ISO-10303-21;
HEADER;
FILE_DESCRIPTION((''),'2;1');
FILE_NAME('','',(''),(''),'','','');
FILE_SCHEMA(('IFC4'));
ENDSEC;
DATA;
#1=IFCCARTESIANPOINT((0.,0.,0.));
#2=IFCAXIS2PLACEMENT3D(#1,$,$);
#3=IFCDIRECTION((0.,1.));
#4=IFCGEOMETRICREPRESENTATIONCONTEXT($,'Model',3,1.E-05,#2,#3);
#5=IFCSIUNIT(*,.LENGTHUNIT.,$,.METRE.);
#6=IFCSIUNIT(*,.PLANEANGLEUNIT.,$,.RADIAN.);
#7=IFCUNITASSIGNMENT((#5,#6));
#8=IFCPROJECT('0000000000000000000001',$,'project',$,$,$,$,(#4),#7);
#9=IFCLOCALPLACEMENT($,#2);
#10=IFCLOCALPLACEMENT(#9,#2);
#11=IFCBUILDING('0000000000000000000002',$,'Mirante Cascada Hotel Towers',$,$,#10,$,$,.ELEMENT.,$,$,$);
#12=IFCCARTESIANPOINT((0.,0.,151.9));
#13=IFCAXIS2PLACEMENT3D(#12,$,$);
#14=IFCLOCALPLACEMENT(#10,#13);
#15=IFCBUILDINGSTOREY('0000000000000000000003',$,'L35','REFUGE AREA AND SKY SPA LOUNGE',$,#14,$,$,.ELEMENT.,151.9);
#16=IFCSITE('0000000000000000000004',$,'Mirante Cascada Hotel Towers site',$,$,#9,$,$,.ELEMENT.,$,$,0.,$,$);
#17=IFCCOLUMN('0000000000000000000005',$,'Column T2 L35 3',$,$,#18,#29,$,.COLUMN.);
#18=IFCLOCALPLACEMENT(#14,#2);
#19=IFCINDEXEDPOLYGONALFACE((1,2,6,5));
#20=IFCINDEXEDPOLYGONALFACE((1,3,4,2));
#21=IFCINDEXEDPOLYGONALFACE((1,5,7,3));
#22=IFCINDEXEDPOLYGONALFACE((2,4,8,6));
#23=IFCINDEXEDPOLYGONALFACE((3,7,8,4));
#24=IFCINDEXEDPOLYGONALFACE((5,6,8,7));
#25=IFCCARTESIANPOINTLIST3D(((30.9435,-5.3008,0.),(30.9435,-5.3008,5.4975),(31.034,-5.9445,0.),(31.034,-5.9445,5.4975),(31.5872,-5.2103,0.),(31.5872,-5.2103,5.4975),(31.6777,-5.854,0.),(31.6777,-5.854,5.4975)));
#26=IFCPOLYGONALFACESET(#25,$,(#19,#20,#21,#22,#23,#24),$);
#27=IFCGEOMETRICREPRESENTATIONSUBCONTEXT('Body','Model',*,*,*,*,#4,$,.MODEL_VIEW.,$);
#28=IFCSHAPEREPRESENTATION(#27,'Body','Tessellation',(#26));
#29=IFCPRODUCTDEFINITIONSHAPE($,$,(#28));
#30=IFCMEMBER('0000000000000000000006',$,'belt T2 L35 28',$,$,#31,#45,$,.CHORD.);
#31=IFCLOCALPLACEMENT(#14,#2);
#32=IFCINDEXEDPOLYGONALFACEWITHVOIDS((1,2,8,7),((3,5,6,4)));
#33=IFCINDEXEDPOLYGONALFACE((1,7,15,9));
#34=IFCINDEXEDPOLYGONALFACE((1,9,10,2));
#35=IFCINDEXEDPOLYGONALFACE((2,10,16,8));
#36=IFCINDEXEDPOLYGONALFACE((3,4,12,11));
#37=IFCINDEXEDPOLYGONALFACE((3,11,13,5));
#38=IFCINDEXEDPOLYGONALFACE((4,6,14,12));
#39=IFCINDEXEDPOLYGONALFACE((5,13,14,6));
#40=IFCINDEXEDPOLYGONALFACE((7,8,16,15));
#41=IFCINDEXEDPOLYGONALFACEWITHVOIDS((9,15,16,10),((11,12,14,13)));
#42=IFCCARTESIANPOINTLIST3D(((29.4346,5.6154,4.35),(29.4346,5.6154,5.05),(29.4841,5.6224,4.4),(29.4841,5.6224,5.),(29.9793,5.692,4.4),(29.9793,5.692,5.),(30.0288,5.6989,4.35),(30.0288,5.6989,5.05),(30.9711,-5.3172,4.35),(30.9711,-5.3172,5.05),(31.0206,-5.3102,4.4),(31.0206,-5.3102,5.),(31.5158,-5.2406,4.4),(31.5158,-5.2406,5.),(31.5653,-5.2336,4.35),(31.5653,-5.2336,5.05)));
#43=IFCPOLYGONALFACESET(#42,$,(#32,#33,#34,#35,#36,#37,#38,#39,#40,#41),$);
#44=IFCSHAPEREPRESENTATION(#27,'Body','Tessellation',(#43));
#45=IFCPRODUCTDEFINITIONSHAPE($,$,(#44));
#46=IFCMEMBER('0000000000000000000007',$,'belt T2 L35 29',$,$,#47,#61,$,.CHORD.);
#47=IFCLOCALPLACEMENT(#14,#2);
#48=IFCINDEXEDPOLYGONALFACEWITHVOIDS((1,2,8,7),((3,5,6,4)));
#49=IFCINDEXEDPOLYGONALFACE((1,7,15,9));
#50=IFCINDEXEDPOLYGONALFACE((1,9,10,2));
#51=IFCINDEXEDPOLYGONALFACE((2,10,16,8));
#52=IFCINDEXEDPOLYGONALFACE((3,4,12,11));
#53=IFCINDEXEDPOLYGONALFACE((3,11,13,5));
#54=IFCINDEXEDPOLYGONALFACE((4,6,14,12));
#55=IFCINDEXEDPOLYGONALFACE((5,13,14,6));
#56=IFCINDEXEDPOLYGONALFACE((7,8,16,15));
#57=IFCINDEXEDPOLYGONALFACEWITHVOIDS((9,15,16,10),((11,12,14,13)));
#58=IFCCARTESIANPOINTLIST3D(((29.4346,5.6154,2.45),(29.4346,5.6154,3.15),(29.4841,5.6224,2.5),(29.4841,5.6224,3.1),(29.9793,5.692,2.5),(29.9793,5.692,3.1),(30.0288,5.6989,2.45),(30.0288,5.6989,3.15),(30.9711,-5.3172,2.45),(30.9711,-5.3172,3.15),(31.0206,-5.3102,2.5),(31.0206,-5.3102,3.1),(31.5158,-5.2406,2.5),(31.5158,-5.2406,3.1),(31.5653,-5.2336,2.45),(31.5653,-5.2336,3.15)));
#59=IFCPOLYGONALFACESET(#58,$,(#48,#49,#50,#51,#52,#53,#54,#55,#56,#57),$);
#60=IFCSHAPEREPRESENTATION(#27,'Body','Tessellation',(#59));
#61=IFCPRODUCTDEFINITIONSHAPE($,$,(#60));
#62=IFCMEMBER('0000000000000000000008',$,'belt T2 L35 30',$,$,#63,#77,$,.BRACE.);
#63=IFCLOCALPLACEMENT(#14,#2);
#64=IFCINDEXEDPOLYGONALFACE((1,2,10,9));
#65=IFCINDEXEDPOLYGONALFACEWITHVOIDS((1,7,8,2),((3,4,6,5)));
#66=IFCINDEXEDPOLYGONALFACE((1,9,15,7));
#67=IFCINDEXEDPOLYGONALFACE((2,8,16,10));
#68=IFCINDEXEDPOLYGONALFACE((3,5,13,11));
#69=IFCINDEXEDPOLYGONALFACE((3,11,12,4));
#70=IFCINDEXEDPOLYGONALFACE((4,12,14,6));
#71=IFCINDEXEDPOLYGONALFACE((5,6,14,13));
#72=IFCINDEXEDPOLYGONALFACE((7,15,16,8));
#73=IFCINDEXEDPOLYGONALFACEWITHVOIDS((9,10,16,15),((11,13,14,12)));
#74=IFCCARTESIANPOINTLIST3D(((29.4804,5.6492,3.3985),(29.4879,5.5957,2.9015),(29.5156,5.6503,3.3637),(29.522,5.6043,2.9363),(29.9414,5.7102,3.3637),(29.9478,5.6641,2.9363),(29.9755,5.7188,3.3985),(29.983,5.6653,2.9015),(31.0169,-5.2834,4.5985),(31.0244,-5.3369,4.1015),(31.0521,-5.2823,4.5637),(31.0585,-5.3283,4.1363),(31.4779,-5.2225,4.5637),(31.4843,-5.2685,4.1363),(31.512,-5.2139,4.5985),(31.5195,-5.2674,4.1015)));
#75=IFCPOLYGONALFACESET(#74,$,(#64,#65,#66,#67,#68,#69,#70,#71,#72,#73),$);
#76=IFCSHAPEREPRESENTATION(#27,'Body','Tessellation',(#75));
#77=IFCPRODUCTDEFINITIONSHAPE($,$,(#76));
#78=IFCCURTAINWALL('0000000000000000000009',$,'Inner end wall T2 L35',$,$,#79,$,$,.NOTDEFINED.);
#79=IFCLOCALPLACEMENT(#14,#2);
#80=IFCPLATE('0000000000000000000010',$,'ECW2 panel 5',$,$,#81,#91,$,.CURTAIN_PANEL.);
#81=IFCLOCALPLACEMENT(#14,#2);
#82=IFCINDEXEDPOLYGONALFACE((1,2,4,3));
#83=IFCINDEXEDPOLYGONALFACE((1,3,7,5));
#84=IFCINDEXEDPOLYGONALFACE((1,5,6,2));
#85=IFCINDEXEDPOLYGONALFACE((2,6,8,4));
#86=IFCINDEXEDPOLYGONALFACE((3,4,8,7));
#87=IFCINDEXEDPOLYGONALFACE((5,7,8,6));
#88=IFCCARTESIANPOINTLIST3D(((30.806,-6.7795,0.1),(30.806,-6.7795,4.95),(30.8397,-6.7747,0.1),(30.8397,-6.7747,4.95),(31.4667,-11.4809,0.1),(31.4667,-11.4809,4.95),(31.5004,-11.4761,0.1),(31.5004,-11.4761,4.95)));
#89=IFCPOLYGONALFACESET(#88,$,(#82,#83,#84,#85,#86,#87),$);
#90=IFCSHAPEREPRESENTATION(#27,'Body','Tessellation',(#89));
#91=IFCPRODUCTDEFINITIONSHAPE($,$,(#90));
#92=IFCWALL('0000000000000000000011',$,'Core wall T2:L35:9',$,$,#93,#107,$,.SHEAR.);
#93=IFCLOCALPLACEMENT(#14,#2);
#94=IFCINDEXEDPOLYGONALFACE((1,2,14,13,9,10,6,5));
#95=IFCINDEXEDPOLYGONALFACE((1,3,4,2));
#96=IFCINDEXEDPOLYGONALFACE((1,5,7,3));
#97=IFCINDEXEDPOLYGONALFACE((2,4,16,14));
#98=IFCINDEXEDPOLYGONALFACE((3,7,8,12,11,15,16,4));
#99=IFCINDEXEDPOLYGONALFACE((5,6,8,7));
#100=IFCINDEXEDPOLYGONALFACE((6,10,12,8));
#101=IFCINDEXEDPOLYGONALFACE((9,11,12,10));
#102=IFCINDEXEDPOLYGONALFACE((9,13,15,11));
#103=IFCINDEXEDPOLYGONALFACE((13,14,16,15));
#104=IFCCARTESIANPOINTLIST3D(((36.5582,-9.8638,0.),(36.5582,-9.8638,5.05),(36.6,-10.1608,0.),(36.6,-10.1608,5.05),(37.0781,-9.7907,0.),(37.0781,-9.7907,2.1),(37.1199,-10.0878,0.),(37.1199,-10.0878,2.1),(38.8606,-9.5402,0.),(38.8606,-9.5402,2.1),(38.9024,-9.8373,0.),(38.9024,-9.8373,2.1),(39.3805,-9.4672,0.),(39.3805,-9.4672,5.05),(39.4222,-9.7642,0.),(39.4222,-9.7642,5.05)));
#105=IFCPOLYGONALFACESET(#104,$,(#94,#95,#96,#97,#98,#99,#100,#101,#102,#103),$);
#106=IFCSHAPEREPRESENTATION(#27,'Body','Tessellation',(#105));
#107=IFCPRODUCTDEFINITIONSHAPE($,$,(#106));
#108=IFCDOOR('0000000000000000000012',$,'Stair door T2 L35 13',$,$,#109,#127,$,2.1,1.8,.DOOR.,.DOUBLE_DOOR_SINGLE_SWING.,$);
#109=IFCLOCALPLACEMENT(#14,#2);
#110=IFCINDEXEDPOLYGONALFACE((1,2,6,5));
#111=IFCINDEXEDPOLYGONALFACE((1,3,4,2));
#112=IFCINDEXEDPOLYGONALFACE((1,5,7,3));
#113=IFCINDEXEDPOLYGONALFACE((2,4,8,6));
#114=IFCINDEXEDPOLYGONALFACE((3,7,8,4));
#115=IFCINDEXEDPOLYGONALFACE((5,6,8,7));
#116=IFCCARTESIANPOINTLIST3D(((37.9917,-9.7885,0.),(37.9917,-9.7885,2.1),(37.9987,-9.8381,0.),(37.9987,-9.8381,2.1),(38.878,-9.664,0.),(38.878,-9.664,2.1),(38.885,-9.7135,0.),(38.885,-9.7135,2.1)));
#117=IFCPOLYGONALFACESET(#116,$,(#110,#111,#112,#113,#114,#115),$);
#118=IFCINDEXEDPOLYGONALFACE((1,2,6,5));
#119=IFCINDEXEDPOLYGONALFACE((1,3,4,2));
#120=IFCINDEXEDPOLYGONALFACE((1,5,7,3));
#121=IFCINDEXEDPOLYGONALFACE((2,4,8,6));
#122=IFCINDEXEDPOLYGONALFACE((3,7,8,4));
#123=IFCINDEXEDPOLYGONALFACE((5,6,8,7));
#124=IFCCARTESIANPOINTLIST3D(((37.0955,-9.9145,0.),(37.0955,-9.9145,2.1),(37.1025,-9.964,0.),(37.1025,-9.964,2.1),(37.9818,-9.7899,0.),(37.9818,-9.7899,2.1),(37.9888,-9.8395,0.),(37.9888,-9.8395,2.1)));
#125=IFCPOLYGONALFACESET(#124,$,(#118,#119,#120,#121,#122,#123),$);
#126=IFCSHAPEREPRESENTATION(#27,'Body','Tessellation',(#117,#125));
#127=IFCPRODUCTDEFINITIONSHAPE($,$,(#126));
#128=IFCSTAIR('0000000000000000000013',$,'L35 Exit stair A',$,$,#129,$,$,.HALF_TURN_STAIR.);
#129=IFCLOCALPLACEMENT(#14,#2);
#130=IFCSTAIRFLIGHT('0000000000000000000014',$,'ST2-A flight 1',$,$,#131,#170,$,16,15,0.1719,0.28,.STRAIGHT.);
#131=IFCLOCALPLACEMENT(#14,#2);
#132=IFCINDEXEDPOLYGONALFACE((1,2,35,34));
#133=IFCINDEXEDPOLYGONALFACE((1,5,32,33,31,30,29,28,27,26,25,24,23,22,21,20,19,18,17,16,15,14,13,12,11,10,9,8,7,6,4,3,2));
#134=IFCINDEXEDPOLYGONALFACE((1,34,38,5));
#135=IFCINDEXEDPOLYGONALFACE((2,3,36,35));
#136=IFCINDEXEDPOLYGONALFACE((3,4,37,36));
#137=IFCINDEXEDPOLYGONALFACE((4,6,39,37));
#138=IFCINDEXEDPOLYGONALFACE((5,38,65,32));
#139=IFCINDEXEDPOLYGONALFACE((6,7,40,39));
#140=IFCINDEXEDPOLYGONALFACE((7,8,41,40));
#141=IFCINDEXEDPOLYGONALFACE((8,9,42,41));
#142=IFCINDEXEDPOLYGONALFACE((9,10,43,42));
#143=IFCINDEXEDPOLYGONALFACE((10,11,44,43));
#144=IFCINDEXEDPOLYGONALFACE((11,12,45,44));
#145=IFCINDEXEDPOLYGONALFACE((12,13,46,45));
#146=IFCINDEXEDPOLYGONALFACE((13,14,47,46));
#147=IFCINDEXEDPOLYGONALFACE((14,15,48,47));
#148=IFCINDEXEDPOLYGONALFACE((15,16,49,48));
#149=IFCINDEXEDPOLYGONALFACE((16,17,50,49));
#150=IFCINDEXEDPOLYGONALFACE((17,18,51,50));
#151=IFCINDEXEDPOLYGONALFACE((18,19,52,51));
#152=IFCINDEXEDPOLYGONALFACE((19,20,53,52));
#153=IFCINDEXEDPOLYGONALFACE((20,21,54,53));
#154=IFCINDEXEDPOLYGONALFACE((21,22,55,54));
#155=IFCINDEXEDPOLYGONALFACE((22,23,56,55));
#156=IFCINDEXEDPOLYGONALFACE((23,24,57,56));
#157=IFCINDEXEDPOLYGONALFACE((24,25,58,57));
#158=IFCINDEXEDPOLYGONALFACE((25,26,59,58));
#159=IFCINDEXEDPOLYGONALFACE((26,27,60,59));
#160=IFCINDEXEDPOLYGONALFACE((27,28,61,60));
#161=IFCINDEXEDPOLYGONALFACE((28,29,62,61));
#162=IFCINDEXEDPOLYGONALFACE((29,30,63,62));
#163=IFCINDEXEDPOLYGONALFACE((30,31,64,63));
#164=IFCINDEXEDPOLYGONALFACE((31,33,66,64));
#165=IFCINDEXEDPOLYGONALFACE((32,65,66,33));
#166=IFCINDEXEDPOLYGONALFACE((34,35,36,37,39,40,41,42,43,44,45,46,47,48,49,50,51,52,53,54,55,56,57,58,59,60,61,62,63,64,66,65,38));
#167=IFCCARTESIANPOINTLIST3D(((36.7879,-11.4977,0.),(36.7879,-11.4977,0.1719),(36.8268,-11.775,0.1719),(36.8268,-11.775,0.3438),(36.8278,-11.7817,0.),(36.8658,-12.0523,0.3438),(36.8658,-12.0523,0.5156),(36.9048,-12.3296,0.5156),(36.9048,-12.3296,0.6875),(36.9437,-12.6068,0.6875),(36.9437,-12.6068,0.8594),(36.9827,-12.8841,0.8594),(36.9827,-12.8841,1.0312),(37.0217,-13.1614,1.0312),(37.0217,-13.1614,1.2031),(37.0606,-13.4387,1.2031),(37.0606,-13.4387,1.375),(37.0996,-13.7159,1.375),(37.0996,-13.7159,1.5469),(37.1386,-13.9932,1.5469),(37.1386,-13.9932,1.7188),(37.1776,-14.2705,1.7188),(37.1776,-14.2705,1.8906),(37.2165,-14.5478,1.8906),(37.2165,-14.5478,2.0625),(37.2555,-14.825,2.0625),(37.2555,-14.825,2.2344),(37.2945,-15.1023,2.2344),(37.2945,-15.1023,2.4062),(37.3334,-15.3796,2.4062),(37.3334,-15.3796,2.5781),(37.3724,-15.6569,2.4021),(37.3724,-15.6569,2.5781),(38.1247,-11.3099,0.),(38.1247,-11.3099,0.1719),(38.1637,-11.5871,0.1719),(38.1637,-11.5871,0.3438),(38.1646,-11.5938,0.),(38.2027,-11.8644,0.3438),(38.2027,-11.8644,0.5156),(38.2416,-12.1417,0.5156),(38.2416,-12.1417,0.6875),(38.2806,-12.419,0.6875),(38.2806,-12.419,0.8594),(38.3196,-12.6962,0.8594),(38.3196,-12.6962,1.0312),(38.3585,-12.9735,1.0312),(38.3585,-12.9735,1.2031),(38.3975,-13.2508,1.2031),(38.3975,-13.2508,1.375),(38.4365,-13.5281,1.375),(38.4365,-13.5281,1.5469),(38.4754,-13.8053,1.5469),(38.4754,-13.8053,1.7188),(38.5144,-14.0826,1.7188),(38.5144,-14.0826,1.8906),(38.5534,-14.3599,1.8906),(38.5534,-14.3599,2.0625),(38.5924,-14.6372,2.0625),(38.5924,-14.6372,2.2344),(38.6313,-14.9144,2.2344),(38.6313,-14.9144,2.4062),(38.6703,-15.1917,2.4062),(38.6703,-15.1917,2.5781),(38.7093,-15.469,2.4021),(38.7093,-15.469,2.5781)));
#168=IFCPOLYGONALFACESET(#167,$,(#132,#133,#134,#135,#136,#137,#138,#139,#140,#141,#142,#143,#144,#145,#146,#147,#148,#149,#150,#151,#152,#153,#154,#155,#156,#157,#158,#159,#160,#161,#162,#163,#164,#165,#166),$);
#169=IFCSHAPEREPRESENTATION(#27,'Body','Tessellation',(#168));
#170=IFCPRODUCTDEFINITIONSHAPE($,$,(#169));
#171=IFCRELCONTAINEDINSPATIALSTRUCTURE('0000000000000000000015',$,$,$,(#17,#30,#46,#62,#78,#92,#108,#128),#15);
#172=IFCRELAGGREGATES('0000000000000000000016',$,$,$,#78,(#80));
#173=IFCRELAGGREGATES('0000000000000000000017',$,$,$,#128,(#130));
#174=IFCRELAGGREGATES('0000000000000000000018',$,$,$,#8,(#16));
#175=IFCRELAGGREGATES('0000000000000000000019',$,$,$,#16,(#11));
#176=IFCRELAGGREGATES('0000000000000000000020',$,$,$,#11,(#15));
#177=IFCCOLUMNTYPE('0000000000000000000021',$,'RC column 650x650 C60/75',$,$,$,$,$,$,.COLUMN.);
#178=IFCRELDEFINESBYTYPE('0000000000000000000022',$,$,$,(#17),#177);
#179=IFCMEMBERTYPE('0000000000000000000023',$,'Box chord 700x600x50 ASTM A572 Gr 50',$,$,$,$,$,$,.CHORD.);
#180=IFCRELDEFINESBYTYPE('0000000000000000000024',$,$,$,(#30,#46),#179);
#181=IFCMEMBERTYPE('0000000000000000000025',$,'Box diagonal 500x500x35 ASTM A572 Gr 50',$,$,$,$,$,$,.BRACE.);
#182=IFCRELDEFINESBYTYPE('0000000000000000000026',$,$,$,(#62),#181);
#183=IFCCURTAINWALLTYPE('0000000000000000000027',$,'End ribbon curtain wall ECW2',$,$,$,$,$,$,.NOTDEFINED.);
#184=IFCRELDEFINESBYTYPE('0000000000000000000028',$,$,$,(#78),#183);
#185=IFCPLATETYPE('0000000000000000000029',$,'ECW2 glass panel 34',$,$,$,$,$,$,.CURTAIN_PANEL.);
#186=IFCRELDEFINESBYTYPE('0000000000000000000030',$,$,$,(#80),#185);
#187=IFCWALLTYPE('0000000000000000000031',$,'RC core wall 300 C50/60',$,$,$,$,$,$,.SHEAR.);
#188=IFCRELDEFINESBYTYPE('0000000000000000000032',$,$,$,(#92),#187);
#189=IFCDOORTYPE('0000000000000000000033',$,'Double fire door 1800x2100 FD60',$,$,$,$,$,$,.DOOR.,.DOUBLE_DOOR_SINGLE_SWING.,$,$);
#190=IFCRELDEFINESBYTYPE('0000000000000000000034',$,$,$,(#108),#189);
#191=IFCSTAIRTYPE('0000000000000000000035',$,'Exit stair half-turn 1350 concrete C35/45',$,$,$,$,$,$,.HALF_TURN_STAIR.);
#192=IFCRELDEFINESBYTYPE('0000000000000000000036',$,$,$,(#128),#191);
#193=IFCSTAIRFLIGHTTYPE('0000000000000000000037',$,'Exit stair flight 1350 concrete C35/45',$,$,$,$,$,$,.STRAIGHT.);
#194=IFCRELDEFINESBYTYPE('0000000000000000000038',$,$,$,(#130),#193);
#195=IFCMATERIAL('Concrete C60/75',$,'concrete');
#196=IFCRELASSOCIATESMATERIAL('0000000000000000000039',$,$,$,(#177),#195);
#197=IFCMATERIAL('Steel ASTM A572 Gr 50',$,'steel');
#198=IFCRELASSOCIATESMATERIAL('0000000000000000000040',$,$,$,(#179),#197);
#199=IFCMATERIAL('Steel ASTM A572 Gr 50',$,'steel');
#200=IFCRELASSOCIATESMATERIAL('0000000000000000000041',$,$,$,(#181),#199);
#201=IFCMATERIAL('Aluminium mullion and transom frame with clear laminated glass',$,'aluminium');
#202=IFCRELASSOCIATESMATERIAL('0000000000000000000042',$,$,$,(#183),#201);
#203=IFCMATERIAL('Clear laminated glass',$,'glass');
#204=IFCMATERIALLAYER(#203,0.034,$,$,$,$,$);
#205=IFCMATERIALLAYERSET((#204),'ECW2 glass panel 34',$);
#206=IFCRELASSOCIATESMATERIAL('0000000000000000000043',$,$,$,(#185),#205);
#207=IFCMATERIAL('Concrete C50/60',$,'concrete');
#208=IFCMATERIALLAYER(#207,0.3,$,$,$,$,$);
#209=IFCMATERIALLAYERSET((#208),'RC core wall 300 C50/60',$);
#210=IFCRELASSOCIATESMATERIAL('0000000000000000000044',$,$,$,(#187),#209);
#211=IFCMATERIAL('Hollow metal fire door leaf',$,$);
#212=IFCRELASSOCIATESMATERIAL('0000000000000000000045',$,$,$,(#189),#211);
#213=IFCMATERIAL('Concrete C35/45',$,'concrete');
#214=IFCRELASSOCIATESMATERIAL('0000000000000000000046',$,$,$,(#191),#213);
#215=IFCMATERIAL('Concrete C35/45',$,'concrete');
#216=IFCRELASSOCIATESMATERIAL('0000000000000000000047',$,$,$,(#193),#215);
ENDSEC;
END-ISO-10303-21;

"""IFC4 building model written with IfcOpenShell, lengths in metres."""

from ifc_helpers import new_model, si_unit, direction, frame, frame_2d, origin, origin_2d, place, context, subcontext, project, spatial, polyline, rectangle, hollow_rectangle, outline, extrude, material, layer, layer_set, material_profile, profile_set, type_object, element, fill, aggregate, save


model = new_model("IFC4")

# Units and contexts
model_context = context("Model", 3, precision=1e-05, world=origin(), true_north=direction((0.0, 1.0)))
body_context = subcontext(model_context, "Body", "Model", "MODEL_VIEW")
ifc_project = project(units=[si_unit("LENGTHUNIT", "METRE"), si_unit("PLANEANGLEUNIT", "RADIAN")], contexts=[model_context])

# Site, building, storey
site_placement = place(None, origin())
site = spatial("IfcSite", under=ifc_project, at=site_placement, Name="Mirante Cascada Hotel Towers site", CompositionType="ELEMENT", RefElevation=0.0)
building_placement = place(site_placement, origin())
building = spatial("IfcBuilding", under=site, at=building_placement, Name="Mirante Cascada Hotel Towers", CompositionType="ELEMENT")
storey_placement = place(building_placement, frame((0.0, 0.0, 151.9)))
storey = spatial("IfcBuildingStorey", under=building, at=storey_placement, Name="L35", Description="REFUGE AREA AND SKY SPA LOUNGE", CompositionType="ELEMENT", Elevation=151.9)

# Column
ifc_material_1 = material(Name="Concrete C60/75", Category="concrete")
ifc_material_profile_1 = material_profile(ifc_material_1, rectangle(XDim=0.65, YDim=0.65, at=origin_2d()), Name="RC column 650x650 C60/75")
ifc_profile_set_1 = profile_set([ifc_material_profile_1], Name="Concrete C60/75")
column_type = type_object("IfcColumnType", Name="RC column 650x650 C60/75", PredefinedType="COLUMN", material=ifc_profile_set_1)
column_placement = place(storey_placement, frame((31.3106, -5.5774, 0.0), z_axis=(0.0, 0.0, 1.0), x_axis=(0.990268, 0.139173, 0.0)))
element("IfcColumn", 1, at=column_placement, inside=storey, type_object=column_type, Name="Column T2 L35 3", PredefinedType="COLUMN", context=body_context, shape_type="SweptSolid", body=[
    extrude(rectangle(XDim=0.65, YDim=0.65, at=origin_2d()), origin(), (0.0, 0.0, 1.0), 5.4975),
])

# Members
ifc_material_2 = material(Name="Steel ASTM A572 Gr 50", Category="steel")
ifc_material_profile_2 = material_profile(ifc_material_2, hollow_rectangle(XDim=0.6, YDim=0.7, WallThickness=0.05, at=origin_2d()), Name="Box chord 700x600x50 ASTM A572 Gr 50")
ifc_profile_set_2 = profile_set([ifc_material_profile_2], Name="Steel ASTM A572 Gr 50")
member_type_1 = type_object("IfcMemberType", Name="Box chord 700x600x50 ASTM A572 Gr 50", PredefinedType="CHORD", material=ifc_profile_set_2)
for number, where, z_axis, x_axis, name in (
    (2, (31.2682, -5.2754, 4.7), (-0.139175, 0.990268, 0.0), (-0.990268, -0.139175, 0.0), "belt T2 L35 28"),
    (3, (31.2682, -5.2754, 2.8), (-0.139175, 0.990268, 0.0), (-0.990268, -0.139175, 0.0), "belt T2 L35 29"),
):
    element("IfcMember", number, at=place(storey_placement, frame(where, z_axis=z_axis, x_axis=x_axis)), inside=storey, type_object=member_type_1, Name=name, PredefinedType="CHORD", context=body_context, shape_type="SweptSolid", body=[
        extrude(hollow_rectangle(XDim=0.6, YDim=0.7, WallThickness=0.05, at=origin_2d()), origin(), (0.0, 0.0, 1.0), 11.04),
    ])
ifc_material_3 = material(Name="Steel ASTM A572 Gr 50", Category="steel")
ifc_material_profile_3 = material_profile(ifc_material_3, hollow_rectangle(XDim=0.5, YDim=0.5, WallThickness=0.035, at=origin_2d()), Name="Box diagonal 500x500x35 ASTM A572 Gr 50")
ifc_profile_set_3 = profile_set([ifc_material_profile_3], Name="Steel ASTM A572 Gr 50")
member_type_2 = type_object("IfcMemberType", Name="Box diagonal 500x500x35 ASTM A572 Gr 50", PredefinedType="BRACE", material=ifc_profile_set_3)
member_placement = place(storey_placement, frame((31.2682, -5.2754, 4.35), z_axis=(-0.13836, 0.984469, -0.108059), x_axis=(-0.990268, -0.139175, 0.0)))
element("IfcMember", 4, at=member_placement, inside=storey, type_object=member_type_2, Name="belt T2 L35 30", PredefinedType="BRACE", context=body_context, shape_type="SweptSolid", body=[
    extrude(hollow_rectangle(XDim=0.5, YDim=0.5, WallThickness=0.035, at=origin_2d()), origin(), (0.0, 0.0, 1.0), 11.1051),
])

# Curtain wall, plate
ifc_material_4 = material(Name="Aluminium mullion and transom frame with clear laminated glass", Category="aluminium")
curtain_wall_type = type_object("IfcCurtainWallType", Name="End ribbon curtain wall ECW2", PredefinedType="NOTDEFINED", material=ifc_material_4)
curtain_wall_placement = place(storey_placement, origin())
curtain_wall = element("IfcCurtainWall", 5, at=curtain_wall_placement, inside=storey, type_object=curtain_wall_type, Name="Inner end wall T2 L35", PredefinedType="NOTDEFINED")
ifc_material_5 = material(Name="Clear laminated glass", Category="glass")
ifc_layer_1 = layer(ifc_material_5, 0.034)
ifc_layer_set_1 = layer_set([ifc_layer_1], Name="ECW2 glass panel 34")
plate_type = type_object("IfcPlateType", Name="ECW2 glass panel 34", PredefinedType="CURTAIN_PANEL", material=ifc_layer_set_1)
plate_placement = place(storey_placement, frame((31.1532, -9.1278, 0.1), z_axis=(0.0, 0.0, 1.0), x_axis=(0.139173, -0.990268, 0.0)))
plate = element("IfcPlate", 6, at=plate_placement, type_object=plate_type, Name="ECW2 panel 5", PredefinedType="CURTAIN_PANEL", context=body_context, shape_type="SweptSolid", body=[
    extrude(rectangle(XDim=4.7476, YDim=0.034, at=origin_2d()), origin(), (0.0, 0.0, 1.0), 4.85),
])
aggregate(curtain_wall, [plate])

# Wall, opening, door
ifc_material_6 = material(Name="Concrete C50/60", Category="concrete")
ifc_layer_2 = layer(ifc_material_6, 0.3)
ifc_layer_set_2 = layer_set([ifc_layer_2], Name="RC core wall 300 C50/60")
wall_type_1 = type_object("IfcWallType", Name="RC core wall 300 C50/60", PredefinedType="SHEAR", material=ifc_layer_set_2)
wall_1_placement = place(storey_placement, frame((36.5791, -10.0123, 0.0), z_axis=(0.0, 0.0, 1.0), x_axis=(0.99027, 0.139156, 0.0)))
wall_1 = element("IfcWall", 7, at=wall_1_placement, inside=storey, type_object=wall_type_1, Name="Core wall T2:L35:9", PredefinedType="SHEAR", context=body_context, shape_type="SweptSolid", body=[
    extrude(rectangle(XDim=2.85, YDim=0.3, at=frame_2d((1.425, 0.0))), origin(), (0.0, 0.0, 1.0), 5.05),
])
opening_1_placement = place(wall_1_placement, frame((0.525, 0.0, 0.0)))
opening_1 = element("IfcOpeningElement", 8, at=opening_1_placement, cuts=wall_1, PredefinedType="OPENING", context=body_context, shape_type="SweptSolid", body=[
    extrude(rectangle(XDim=1.8, YDim=2.1, at=frame_2d((0.9, 1.05))), frame((0.0, 0.15, 0.0), z_axis=(0.0, -1.0, 0.0), x_axis=(1.0, 0.0, 0.0)), (0.0, 0.0, 1.0), 0.3),
])
ifc_material_7 = material(Name="Hollow metal fire door leaf")
door_type_1 = type_object("IfcDoorType", Name="Double fire door 1800x2100 FD60", OperationType="DOUBLE_DOOR_SINGLE_SWING", PredefinedType="DOOR", material=ifc_material_7)
door_1_placement = place(opening_1_placement, frame((1.8, 0.0, 0.0), z_axis=(0.0, 0.0, 1.0), x_axis=(-1.0, 0.0, 0.0)))
door_1 = element("IfcDoor", 9, at=door_1_placement, inside=storey, type_object=door_type_1, Name="Stair door T2 L35 13", OperationType="DOUBLE_DOOR_SINGLE_SWING", OverallHeight=2.1, OverallWidth=1.8, PredefinedType="DOOR", context=body_context, shape_type="SweptSolid", body=[
    extrude(rectangle(XDim=0.895, YDim=2.1, at=frame_2d((0.4475, 1.05))), frame((0.0, 0.025, 0.0), z_axis=(0.0, -1.0, 0.0), x_axis=(1.0, 0.0, 0.0)), (0.0, 0.0, 1.0), 0.05),
    extrude(rectangle(XDim=0.895, YDim=2.1, at=frame_2d((1.3525, 1.05))), frame((0.0, 0.025, 0.0), z_axis=(0.0, -1.0, 0.0), x_axis=(1.0, 0.0, 0.0)), (0.0, 0.0, 1.0), 0.05),
])
fill(opening_1, door_1)

# Stair, stair flight
ifc_material_8 = material(Name="Concrete C35/45", Category="concrete")
stair_type = type_object("IfcStairType", Name="Exit stair half-turn 1350 concrete C35/45", PredefinedType="HALF_TURN_STAIR", material=ifc_material_8)
stair_placement = place(storey_placement, origin())
stair = element("IfcStair", 10, at=stair_placement, inside=storey, type_object=stair_type, Name="L35 Exit stair A", PredefinedType="HALF_TURN_STAIR")
ifc_material_9 = material(Name="Concrete C35/45", Category="concrete")
stair_flight_type = type_object("IfcStairFlightType", Name="Exit stair flight 1350 concrete C35/45", PredefinedType="STRAIGHT", material=ifc_material_9)
stair_flight_placement = place(storey_placement, frame((37.4563, -11.4038, 0.0), z_axis=(0.0, 0.0, 1.0), x_axis=(0.139173, -0.990268, 0.0)))
stair_flight = element("IfcStairFlight", 11, at=stair_flight_placement, type_object=stair_flight_type, Name="ST2-A flight 1", NumberOfRisers=16, NumberOfTreads=15, PredefinedType="STRAIGHT", RiserHeight=0.1719, TreadLength=0.28, context=body_context, shape_type="SweptSolid", body=[
    extrude(outline(polyline([(0.0, 0.0), (0.0, 0.1719), (0.28, 0.1719), (0.28, 0.3438), (0.56, 0.3438), (0.56, 0.5156), (0.84, 0.5156), (0.84, 0.6875), (1.12, 0.6875), (1.12, 0.8594), (1.4, 0.8594), (1.4, 1.0312), (1.68, 1.0312), (1.68, 1.2031), (1.96, 1.2031), (1.96, 1.375), (2.24, 1.375), (2.24, 1.5469), (2.52, 1.5469), (2.52, 1.7188), (2.8, 1.7188), (2.8, 1.8906), (3.08, 1.8906), (3.08, 2.0625), (3.36, 2.0625), (3.36, 2.2344), (3.64, 2.2344), (3.64, 2.4062), (3.92, 2.4062), (3.92, 2.5781), (4.2, 2.5781), (4.2, 2.75), (4.2, 2.4021), (0.2867, 0.0), (0.0, 0.0)])), frame((0.0, 0.675, 0.0), z_axis=(0.0, -1.0, 0.0), x_axis=(1.0, 0.0, 0.0)), (0.0, 0.0, 1.0), 1.35),
])
aggregate(stair, [stair_flight])

save(model, "model.ifc")
